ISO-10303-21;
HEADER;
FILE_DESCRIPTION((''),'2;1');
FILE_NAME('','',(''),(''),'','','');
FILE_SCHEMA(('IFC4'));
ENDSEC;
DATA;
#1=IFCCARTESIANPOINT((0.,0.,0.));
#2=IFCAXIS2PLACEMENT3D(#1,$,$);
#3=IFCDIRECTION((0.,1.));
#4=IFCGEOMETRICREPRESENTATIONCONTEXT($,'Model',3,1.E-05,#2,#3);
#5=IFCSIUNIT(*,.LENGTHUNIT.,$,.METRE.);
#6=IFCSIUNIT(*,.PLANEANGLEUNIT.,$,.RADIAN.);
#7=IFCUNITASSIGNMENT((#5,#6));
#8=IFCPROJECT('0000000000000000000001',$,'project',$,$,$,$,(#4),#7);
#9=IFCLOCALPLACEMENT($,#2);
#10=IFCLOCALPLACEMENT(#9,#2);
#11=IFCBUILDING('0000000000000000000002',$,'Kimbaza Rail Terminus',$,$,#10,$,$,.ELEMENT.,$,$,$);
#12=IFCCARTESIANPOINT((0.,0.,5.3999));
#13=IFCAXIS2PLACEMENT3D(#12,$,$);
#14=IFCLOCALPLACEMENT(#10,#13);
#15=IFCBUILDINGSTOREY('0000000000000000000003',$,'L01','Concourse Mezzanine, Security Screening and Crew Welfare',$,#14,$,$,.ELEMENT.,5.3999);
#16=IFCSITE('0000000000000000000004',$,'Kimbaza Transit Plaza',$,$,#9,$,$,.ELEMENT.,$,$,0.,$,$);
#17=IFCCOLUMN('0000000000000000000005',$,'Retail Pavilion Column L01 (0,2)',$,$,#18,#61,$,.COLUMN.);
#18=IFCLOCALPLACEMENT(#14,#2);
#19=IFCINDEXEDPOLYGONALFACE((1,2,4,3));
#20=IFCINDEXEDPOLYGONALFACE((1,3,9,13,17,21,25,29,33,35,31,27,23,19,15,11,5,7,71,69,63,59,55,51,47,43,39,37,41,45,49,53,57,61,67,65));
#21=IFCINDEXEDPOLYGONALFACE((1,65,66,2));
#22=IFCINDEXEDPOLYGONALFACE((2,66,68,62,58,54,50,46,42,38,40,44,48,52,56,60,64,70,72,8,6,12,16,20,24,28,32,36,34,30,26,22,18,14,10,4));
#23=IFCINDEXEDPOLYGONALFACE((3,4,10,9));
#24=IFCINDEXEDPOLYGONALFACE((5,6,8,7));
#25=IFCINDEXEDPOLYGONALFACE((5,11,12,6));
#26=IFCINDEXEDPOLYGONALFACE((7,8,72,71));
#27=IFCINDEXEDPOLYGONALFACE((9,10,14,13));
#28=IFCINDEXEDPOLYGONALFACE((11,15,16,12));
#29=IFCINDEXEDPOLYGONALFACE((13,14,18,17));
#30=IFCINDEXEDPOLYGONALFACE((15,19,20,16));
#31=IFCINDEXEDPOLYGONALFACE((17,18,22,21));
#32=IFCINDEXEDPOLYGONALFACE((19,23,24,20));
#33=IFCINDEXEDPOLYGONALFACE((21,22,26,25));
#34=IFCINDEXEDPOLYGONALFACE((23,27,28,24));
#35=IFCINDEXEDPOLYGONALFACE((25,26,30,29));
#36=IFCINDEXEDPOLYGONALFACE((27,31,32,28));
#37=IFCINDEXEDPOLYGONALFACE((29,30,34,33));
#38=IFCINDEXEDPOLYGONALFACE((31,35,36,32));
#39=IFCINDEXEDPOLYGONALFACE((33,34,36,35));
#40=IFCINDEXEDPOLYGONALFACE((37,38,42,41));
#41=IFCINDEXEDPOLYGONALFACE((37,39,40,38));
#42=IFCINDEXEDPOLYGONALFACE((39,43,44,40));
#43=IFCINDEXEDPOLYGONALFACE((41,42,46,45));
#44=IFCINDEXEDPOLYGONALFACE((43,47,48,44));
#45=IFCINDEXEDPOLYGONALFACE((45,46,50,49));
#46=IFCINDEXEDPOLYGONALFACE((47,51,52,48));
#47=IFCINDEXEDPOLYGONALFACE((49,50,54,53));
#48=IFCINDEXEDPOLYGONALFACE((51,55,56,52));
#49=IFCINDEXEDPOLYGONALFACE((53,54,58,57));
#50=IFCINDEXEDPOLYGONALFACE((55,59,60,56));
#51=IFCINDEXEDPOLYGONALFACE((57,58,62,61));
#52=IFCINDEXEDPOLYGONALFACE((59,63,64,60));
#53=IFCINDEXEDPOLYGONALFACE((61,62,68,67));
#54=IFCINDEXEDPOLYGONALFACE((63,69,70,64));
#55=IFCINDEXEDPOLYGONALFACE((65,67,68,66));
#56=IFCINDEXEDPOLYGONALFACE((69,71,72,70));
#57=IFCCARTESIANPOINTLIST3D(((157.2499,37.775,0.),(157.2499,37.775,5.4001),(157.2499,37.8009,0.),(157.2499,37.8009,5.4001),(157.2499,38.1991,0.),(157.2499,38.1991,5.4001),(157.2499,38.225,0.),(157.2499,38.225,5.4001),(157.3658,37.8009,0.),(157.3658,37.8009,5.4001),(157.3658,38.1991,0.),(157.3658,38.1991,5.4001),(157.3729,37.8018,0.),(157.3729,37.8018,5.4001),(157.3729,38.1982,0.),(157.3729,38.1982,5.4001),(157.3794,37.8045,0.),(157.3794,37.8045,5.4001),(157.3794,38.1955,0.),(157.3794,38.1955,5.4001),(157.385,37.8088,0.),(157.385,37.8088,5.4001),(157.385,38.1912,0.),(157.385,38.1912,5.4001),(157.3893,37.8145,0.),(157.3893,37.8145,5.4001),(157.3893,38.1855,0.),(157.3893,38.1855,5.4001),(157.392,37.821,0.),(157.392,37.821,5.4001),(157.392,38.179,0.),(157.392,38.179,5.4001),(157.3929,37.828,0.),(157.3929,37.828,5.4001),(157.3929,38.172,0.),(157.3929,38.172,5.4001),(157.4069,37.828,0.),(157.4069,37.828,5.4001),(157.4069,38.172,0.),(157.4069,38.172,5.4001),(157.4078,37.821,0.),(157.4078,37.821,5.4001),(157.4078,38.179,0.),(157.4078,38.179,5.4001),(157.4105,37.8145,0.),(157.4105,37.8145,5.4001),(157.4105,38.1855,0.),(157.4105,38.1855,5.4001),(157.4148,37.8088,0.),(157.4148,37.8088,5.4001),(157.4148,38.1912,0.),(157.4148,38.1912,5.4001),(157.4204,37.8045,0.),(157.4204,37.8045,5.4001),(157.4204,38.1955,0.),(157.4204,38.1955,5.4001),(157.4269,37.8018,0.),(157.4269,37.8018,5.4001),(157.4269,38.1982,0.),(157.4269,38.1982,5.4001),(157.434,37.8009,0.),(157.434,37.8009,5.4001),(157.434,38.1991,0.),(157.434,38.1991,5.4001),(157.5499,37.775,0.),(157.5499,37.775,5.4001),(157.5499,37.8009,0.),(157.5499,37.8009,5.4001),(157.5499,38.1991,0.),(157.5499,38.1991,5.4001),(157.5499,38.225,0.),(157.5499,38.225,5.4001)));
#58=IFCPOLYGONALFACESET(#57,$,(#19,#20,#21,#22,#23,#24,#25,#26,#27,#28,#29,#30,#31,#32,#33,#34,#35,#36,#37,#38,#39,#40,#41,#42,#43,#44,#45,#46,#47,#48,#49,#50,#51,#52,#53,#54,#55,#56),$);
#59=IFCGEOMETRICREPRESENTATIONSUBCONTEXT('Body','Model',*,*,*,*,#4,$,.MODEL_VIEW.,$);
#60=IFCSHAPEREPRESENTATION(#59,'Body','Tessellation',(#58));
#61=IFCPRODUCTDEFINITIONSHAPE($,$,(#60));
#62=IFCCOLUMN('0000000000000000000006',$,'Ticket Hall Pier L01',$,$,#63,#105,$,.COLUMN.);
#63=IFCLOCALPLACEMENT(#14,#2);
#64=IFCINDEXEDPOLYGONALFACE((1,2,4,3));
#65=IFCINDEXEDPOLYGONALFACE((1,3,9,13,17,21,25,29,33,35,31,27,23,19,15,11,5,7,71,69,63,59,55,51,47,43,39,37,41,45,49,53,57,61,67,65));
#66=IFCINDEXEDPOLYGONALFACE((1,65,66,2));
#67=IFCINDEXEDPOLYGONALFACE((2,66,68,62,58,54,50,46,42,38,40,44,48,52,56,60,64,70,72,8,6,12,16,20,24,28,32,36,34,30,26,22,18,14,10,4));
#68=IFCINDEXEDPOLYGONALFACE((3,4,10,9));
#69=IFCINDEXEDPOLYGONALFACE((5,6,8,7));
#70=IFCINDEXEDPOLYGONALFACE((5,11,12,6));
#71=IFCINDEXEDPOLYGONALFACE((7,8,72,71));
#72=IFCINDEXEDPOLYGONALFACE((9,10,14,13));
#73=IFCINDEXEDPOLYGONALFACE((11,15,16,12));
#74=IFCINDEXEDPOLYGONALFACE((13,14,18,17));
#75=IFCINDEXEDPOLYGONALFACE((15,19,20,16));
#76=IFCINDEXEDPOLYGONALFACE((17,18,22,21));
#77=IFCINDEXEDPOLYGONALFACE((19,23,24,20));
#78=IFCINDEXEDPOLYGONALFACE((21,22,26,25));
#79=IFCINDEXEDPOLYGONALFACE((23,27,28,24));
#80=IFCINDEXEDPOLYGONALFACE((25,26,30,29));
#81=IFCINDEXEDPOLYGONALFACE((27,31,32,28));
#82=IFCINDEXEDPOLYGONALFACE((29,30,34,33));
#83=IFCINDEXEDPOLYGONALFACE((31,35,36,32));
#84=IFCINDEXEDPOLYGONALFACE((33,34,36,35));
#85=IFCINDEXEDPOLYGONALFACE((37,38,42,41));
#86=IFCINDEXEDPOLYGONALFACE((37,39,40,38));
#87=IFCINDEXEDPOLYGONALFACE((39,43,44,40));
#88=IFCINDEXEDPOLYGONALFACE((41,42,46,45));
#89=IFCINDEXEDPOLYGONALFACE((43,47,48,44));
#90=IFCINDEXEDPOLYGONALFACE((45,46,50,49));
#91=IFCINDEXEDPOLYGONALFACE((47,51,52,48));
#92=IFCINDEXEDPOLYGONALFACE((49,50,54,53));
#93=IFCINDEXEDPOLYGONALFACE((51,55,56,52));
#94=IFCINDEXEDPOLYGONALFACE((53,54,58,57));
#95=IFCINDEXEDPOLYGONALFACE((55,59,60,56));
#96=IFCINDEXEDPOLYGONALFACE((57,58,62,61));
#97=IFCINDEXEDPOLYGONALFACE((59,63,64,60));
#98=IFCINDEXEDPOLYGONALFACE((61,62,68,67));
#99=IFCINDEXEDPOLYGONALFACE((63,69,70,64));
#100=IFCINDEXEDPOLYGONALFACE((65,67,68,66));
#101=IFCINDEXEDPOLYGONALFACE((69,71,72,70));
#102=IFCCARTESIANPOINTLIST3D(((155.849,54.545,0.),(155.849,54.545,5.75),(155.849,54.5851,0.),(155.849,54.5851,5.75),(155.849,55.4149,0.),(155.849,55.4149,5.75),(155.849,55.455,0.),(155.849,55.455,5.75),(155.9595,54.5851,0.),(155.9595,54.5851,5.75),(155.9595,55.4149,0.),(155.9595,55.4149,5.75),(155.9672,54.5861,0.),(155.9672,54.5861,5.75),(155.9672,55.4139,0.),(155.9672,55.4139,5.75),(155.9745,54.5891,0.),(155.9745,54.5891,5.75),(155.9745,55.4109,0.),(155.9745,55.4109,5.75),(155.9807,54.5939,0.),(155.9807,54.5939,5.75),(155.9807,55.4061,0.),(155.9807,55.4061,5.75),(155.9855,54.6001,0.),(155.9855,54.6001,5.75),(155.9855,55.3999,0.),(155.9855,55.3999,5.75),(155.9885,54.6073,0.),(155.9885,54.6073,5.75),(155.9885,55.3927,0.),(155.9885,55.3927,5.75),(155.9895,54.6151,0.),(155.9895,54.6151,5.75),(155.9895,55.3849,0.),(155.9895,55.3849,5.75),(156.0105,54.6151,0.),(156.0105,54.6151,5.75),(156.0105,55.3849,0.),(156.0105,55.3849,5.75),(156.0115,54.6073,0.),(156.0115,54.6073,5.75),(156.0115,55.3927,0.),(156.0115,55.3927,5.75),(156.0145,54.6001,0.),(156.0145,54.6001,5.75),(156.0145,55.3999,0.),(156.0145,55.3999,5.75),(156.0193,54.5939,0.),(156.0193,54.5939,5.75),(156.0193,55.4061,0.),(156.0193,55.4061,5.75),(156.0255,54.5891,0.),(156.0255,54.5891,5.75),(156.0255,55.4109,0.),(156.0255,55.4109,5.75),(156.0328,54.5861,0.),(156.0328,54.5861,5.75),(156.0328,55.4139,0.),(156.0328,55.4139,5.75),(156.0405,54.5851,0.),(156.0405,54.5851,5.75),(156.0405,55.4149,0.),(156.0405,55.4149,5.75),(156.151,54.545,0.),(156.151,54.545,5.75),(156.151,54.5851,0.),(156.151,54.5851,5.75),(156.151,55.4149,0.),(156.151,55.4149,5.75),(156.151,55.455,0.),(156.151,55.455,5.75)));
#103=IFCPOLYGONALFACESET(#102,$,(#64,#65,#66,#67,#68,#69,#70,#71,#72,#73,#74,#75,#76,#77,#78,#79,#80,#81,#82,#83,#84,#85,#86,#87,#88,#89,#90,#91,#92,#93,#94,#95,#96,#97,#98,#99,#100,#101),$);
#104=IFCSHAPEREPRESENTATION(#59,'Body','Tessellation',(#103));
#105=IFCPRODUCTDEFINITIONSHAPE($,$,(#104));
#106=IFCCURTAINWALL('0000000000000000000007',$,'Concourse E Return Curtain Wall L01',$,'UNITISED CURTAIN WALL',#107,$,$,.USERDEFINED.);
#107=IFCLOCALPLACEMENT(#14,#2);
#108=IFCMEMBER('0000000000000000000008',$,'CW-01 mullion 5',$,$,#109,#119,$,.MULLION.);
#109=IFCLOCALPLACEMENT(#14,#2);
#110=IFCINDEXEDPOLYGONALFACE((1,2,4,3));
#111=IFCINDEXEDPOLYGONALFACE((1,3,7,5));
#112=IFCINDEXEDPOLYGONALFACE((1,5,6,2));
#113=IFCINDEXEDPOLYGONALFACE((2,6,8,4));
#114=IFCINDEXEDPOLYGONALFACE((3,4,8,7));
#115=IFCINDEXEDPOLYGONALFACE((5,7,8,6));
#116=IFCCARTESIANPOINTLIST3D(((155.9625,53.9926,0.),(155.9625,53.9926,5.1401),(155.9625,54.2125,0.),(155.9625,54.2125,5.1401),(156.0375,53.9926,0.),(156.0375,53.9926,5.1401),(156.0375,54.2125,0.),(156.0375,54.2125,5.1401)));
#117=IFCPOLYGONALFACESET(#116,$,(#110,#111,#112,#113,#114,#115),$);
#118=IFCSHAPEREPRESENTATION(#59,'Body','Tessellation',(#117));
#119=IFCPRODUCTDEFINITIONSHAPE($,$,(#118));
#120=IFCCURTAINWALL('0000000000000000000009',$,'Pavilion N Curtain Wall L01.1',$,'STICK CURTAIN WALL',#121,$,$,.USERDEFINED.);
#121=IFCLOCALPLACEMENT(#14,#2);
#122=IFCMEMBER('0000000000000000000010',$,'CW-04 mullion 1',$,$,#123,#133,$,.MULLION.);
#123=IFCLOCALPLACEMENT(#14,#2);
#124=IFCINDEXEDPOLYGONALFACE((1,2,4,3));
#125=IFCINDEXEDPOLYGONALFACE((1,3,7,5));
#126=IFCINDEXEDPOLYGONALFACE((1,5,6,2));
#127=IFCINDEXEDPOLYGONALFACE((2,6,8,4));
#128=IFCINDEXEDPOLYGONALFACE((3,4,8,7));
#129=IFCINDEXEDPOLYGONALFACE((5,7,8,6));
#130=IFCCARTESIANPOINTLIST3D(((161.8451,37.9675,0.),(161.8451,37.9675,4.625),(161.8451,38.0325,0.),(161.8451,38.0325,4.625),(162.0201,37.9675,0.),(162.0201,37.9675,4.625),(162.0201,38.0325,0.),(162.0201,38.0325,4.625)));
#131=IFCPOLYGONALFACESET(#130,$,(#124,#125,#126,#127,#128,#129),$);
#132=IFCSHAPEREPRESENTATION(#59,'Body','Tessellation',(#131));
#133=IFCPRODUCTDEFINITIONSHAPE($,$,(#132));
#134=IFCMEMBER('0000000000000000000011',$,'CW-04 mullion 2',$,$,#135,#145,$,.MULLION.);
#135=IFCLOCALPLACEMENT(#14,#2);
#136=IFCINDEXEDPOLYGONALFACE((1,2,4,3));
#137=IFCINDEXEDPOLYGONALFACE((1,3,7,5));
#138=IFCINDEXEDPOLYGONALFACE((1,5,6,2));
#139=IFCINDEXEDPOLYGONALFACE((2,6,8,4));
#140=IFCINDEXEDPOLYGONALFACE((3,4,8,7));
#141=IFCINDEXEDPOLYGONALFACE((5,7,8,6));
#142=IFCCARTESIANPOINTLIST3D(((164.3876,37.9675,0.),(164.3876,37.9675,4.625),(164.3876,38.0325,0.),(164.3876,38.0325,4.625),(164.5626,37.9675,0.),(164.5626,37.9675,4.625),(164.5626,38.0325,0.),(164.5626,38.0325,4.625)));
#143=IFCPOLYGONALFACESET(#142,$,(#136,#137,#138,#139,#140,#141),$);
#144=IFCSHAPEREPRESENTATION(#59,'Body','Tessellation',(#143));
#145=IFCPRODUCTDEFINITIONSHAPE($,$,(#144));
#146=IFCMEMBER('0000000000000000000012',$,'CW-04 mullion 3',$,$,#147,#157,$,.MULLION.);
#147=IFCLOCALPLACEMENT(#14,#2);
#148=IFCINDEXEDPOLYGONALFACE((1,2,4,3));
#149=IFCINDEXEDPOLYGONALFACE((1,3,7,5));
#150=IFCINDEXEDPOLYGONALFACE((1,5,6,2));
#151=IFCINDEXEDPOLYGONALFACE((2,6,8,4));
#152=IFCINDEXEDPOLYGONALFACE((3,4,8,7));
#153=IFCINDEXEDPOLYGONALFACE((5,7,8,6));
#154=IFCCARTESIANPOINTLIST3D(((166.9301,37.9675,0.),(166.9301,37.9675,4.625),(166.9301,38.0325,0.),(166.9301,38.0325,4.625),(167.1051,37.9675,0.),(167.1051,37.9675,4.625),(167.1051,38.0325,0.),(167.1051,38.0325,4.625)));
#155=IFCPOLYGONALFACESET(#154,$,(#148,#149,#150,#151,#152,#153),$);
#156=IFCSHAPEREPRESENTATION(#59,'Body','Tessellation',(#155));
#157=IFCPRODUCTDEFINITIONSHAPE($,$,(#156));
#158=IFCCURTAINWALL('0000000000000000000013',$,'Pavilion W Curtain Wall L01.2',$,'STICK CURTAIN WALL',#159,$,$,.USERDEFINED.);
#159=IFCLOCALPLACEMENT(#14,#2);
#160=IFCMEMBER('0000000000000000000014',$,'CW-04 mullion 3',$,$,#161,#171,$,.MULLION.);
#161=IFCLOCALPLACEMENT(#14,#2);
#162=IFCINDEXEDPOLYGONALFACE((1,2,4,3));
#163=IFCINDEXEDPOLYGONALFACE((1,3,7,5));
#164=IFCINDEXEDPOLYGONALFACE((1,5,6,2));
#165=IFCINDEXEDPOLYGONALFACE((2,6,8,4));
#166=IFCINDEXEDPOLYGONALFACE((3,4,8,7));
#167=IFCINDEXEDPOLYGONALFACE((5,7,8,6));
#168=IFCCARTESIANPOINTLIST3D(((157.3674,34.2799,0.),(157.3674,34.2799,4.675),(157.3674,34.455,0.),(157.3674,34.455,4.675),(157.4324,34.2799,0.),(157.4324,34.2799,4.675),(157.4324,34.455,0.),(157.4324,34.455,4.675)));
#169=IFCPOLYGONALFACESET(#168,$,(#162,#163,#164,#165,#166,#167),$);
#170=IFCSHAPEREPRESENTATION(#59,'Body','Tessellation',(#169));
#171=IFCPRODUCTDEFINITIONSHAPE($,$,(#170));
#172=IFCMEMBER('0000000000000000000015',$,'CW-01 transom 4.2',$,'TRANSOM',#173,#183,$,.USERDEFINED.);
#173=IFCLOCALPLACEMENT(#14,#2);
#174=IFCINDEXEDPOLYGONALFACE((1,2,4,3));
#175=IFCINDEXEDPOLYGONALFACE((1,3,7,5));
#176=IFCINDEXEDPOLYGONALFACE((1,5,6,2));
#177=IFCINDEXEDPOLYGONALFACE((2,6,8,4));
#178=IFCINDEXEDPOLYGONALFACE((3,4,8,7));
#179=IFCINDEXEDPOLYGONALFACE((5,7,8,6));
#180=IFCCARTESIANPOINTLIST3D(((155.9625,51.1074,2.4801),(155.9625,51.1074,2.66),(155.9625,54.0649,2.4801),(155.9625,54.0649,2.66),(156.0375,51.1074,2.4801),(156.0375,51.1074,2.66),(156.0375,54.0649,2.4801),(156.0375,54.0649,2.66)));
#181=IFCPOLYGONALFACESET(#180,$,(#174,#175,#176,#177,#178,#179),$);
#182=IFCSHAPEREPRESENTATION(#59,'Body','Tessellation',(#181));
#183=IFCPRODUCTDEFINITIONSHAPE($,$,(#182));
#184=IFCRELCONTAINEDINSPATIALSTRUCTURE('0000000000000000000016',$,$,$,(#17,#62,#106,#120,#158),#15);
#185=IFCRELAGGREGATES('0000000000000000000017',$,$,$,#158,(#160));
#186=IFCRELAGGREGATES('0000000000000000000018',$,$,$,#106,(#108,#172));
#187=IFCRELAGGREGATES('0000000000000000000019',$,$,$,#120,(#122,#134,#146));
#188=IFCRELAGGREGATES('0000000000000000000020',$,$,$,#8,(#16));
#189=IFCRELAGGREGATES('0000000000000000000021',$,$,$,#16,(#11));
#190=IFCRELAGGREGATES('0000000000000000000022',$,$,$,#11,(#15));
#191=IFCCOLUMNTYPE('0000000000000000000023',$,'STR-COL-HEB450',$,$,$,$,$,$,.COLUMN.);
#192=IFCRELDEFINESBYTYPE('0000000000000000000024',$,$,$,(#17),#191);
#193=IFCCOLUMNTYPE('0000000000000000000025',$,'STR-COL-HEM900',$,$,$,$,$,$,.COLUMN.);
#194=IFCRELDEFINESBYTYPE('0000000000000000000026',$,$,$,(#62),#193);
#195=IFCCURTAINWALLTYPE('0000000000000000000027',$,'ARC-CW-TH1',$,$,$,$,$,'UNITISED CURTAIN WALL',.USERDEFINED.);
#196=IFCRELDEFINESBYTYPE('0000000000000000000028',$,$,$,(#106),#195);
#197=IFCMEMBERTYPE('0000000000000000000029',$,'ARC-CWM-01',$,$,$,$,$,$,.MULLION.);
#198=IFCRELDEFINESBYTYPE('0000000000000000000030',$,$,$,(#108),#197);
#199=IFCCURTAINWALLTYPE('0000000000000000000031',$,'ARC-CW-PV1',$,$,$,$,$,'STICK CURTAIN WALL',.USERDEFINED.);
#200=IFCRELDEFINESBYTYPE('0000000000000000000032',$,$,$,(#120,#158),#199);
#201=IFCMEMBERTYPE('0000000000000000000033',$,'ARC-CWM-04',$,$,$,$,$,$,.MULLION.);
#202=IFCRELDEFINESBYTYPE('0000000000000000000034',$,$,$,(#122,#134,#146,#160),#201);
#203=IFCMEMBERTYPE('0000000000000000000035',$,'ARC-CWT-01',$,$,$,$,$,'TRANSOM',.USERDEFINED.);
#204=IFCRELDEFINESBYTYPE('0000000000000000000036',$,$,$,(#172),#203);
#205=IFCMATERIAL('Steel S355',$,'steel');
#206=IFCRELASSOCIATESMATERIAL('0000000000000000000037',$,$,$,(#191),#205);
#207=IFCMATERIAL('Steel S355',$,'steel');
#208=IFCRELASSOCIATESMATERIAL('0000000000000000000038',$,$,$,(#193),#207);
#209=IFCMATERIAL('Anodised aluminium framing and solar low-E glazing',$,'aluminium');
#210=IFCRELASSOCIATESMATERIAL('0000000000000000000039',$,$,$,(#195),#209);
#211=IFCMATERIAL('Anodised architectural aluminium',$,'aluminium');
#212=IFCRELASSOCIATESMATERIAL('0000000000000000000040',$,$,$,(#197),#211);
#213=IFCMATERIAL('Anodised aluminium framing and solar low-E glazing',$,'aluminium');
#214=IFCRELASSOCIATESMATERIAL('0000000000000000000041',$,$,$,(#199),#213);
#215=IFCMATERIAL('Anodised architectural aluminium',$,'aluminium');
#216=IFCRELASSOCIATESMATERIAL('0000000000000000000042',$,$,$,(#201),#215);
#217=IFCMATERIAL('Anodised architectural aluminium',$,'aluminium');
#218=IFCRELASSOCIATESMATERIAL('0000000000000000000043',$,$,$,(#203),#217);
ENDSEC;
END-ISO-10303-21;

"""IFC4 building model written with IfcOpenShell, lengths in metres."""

from ifc_helpers import new_model, si_unit, direction, frame, origin, origin_2d, place, context, subcontext, project, spatial, rectangle, i_section, extrude, material, material_profile, profile_set, type_object, element, aggregate, save


model = new_model("IFC4")

# Units and contexts
model_context = context("Model", 3, precision=1e-05, world=origin(), true_north=direction((0.0, 1.0)))
body_context = subcontext(model_context, "Body", "Model", "MODEL_VIEW")
ifc_project = project(units=[si_unit("LENGTHUNIT", "METRE"), si_unit("PLANEANGLEUNIT", "RADIAN")], contexts=[model_context])

# Site, building, storey
site_placement = place(None, origin())
site = spatial("IfcSite", under=ifc_project, at=site_placement, Name="Kimbaza Transit Plaza", CompositionType="ELEMENT", RefElevation=0.0)
building_placement = place(site_placement, origin())
building = spatial("IfcBuilding", under=site, at=building_placement, Name="Kimbaza Rail Terminus", CompositionType="ELEMENT")
storey_placement = place(building_placement, frame((0.0, 0.0, 5.3999)))
storey = spatial("IfcBuildingStorey", under=building, at=storey_placement, Name="L01", Description="Concourse Mezzanine, Security Screening and Crew Welfare", CompositionType="ELEMENT", Elevation=5.3999)

# Columns
ifc_material_1 = material(Name="Steel S355", Category="steel")
ifc_material_profile_1 = material_profile(ifc_material_1, i_section(OverallWidth=0.3, OverallDepth=0.45, WebThickness=0.0139, FlangeThickness=0.0259, FilletRadius=0.0271, at=origin_2d()), Name="HEB 450")
ifc_profile_set_1 = profile_set([ifc_material_profile_1], Name="Steel S355")
column_type_1 = type_object("IfcColumnType", Name="STR-COL-HEB450", PredefinedType="COLUMN", material=ifc_profile_set_1)
column_1_placement = place(storey_placement, frame((157.3999, 38.0, 0.0), z_axis=(0.0, 0.0, 1.0), x_axis=(1.0, 0.0, 0.0)))
element("IfcColumn", 1, at=column_1_placement, inside=storey, type_object=column_type_1, Name="Retail Pavilion Column L01 (0,2)", PredefinedType="COLUMN", context=body_context, shape_type="SweptSolid", body=[
    extrude(i_section(OverallWidth=0.3, OverallDepth=0.45, WebThickness=0.0139, FlangeThickness=0.0259, FilletRadius=0.0271, at=origin_2d()), origin(), (0.0, 0.0, 1.0), 5.4001),
])
ifc_material_2 = material(Name="Steel S355", Category="steel")
ifc_material_profile_2 = material_profile(ifc_material_2, i_section(OverallWidth=0.302, OverallDepth=0.9099, WebThickness=0.021, FlangeThickness=0.04, FilletRadius=0.03, at=origin_2d()), Name="HEM 900")
ifc_profile_set_2 = profile_set([ifc_material_profile_2], Name="Steel S355")
column_type_2 = type_object("IfcColumnType", Name="STR-COL-HEM900", PredefinedType="COLUMN", material=ifc_profile_set_2)
column_2_placement = place(storey_placement, frame((156.0, 55.0, 0.0), z_axis=(0.0, 0.0, 1.0), x_axis=(1.0, 0.0, 0.0)))
element("IfcColumn", 2, at=column_2_placement, inside=storey, type_object=column_type_2, Name="Ticket Hall Pier L01", PredefinedType="COLUMN", context=body_context, shape_type="SweptSolid", body=[
    extrude(i_section(OverallWidth=0.302, OverallDepth=0.9099, WebThickness=0.021, FlangeThickness=0.04, FilletRadius=0.03, at=origin_2d()), origin(), (0.0, 0.0, 1.0), 5.75),
])

# Curtain wall, member
ifc_material_3 = material(Name="Anodised aluminium framing and solar low-E glazing", Category="aluminium")
curtain_wall_type_1 = type_object("IfcCurtainWallType", Name="ARC-CW-TH1", ElementType="UNITISED CURTAIN WALL", PredefinedType="USERDEFINED", material=ifc_material_3)
curtain_wall_1_placement = place(storey_placement, origin())
curtain_wall_1 = element("IfcCurtainWall", 3, at=curtain_wall_1_placement, inside=storey, type_object=curtain_wall_type_1, Name="Concourse E Return Curtain Wall L01", ObjectType="UNITISED CURTAIN WALL", PredefinedType="USERDEFINED")
ifc_material_4 = material(Name="Anodised architectural aluminium", Category="aluminium")
ifc_material_profile_3 = material_profile(ifc_material_4, rectangle(XDim=0.075, YDim=0.22, at=origin_2d()), Name="MULLION 75x220")
ifc_profile_set_3 = profile_set([ifc_material_profile_3], Name="Anodised architectural aluminium")
member_type_1 = type_object("IfcMemberType", Name="ARC-CWM-01", PredefinedType="MULLION", material=ifc_profile_set_3)
member_1_placement = place(storey_placement, frame((156.0, 54.1025, 0.0), z_axis=(0.0, 0.0, 1.0), x_axis=(-1.0, 0.0, 0.0)))
member_1 = element("IfcMember", 4, at=member_1_placement, type_object=member_type_1, Name="CW-01 mullion 5", PredefinedType="MULLION", context=body_context, shape_type="SweptSolid", body=[
    extrude(rectangle(XDim=0.075, YDim=0.22, at=origin_2d()), origin(), (0.0, 0.0, 1.0), 5.1401),
])

# Curtain wall, members
ifc_material_5 = material(Name="Anodised aluminium framing and solar low-E glazing", Category="aluminium")
curtain_wall_type_2 = type_object("IfcCurtainWallType", Name="ARC-CW-PV1", ElementType="STICK CURTAIN WALL", PredefinedType="USERDEFINED", material=ifc_material_5)
curtain_wall_2_placement = place(storey_placement, origin())
curtain_wall_2 = element("IfcCurtainWall", 5, at=curtain_wall_2_placement, inside=storey, type_object=curtain_wall_type_2, Name="Pavilion N Curtain Wall L01.1", ObjectType="STICK CURTAIN WALL", PredefinedType="USERDEFINED")
ifc_material_6 = material(Name="Anodised architectural aluminium", Category="aluminium")
ifc_material_profile_4 = material_profile(ifc_material_6, rectangle(XDim=0.0649, YDim=0.175, at=origin_2d()), Name="MULLION 65x175")
ifc_profile_set_4 = profile_set([ifc_material_profile_4], Name="Anodised architectural aluminium")
member_type_2 = type_object("IfcMemberType", Name="ARC-CWM-04", PredefinedType="MULLION", material=ifc_profile_set_4)
member_2_placement = place(storey_placement, frame((161.9326, 38.0, 0.0), z_axis=(0.0, 0.0, 1.0), x_axis=(0.0, 1.0, 0.0)))
member_2 = element("IfcMember", 6, at=member_2_placement, type_object=member_type_2, Name="CW-04 mullion 1", PredefinedType="MULLION", context=body_context, shape_type="SweptSolid", body=[
    extrude(rectangle(XDim=0.0649, YDim=0.175, at=origin_2d()), origin(), (0.0, 0.0, 1.0), 4.625),
])
member_3_placement = place(storey_placement, frame((164.4751, 38.0, 0.0), z_axis=(0.0, 0.0, 1.0), x_axis=(0.0, 1.0, 0.0)))
member_3 = element("IfcMember", 7, at=member_3_placement, type_object=member_type_2, Name="CW-04 mullion 2", PredefinedType="MULLION", context=body_context, shape_type="SweptSolid", body=[
    extrude(rectangle(XDim=0.0649, YDim=0.175, at=origin_2d()), origin(), (0.0, 0.0, 1.0), 4.625),
])
member_4_placement = place(storey_placement, frame((167.0176, 38.0, 0.0), z_axis=(0.0, 0.0, 1.0), x_axis=(0.0, 1.0, 0.0)))
member_4 = element("IfcMember", 8, at=member_4_placement, type_object=member_type_2, Name="CW-04 mullion 3", PredefinedType="MULLION", context=body_context, shape_type="SweptSolid", body=[
    extrude(rectangle(XDim=0.0649, YDim=0.175, at=origin_2d()), origin(), (0.0, 0.0, 1.0), 4.625),
])

# Curtain wall, member
curtain_wall_3_placement = place(storey_placement, origin())
curtain_wall_3 = element("IfcCurtainWall", 9, at=curtain_wall_3_placement, inside=storey, type_object=curtain_wall_type_2, Name="Pavilion W Curtain Wall L01.2", ObjectType="STICK CURTAIN WALL", PredefinedType="USERDEFINED")
member_5_placement = place(storey_placement, frame((157.3999, 34.3674, 0.0), z_axis=(0.0, 0.0, 1.0), x_axis=(-1.0, 0.0, 0.0)))
member_5 = element("IfcMember", 10, at=member_5_placement, type_object=member_type_2, Name="CW-04 mullion 3", PredefinedType="MULLION", context=body_context, shape_type="SweptSolid", body=[
    extrude(rectangle(XDim=0.0649, YDim=0.175, at=origin_2d()), origin(), (0.0, 0.0, 1.0), 4.675),
])
aggregate(curtain_wall_3, [member_5])

# Member
ifc_material_7 = material(Name="Anodised architectural aluminium", Category="aluminium")
ifc_material_profile_5 = material_profile(ifc_material_7, rectangle(XDim=0.075, YDim=0.1799, at=origin_2d()), Name="TRANSOM 75x180")
ifc_profile_set_5 = profile_set([ifc_material_profile_5], Name="Anodised architectural aluminium")
member_type_3 = type_object("IfcMemberType", Name="ARC-CWT-01", ElementType="TRANSOM", PredefinedType="USERDEFINED", material=ifc_profile_set_5)
member_6_placement = place(storey_placement, frame((156.0, 51.1074, 2.5701), z_axis=(0.0, 1.0, 0.0), x_axis=(-1.0, 0.0, 0.0)))
member_6 = element("IfcMember", 11, at=member_6_placement, type_object=member_type_3, Name="CW-01 transom 4.2", ObjectType="TRANSOM", PredefinedType="USERDEFINED", context=body_context, shape_type="SweptSolid", body=[
    extrude(rectangle(XDim=0.075, YDim=0.1799, at=origin_2d()), origin(), (0.0, 0.0, 1.0), 2.9575),
])

aggregate(curtain_wall_1, [member_1, member_6])
aggregate(curtain_wall_2, [member_2, member_3, member_4])

save(model, "model.ifc")
